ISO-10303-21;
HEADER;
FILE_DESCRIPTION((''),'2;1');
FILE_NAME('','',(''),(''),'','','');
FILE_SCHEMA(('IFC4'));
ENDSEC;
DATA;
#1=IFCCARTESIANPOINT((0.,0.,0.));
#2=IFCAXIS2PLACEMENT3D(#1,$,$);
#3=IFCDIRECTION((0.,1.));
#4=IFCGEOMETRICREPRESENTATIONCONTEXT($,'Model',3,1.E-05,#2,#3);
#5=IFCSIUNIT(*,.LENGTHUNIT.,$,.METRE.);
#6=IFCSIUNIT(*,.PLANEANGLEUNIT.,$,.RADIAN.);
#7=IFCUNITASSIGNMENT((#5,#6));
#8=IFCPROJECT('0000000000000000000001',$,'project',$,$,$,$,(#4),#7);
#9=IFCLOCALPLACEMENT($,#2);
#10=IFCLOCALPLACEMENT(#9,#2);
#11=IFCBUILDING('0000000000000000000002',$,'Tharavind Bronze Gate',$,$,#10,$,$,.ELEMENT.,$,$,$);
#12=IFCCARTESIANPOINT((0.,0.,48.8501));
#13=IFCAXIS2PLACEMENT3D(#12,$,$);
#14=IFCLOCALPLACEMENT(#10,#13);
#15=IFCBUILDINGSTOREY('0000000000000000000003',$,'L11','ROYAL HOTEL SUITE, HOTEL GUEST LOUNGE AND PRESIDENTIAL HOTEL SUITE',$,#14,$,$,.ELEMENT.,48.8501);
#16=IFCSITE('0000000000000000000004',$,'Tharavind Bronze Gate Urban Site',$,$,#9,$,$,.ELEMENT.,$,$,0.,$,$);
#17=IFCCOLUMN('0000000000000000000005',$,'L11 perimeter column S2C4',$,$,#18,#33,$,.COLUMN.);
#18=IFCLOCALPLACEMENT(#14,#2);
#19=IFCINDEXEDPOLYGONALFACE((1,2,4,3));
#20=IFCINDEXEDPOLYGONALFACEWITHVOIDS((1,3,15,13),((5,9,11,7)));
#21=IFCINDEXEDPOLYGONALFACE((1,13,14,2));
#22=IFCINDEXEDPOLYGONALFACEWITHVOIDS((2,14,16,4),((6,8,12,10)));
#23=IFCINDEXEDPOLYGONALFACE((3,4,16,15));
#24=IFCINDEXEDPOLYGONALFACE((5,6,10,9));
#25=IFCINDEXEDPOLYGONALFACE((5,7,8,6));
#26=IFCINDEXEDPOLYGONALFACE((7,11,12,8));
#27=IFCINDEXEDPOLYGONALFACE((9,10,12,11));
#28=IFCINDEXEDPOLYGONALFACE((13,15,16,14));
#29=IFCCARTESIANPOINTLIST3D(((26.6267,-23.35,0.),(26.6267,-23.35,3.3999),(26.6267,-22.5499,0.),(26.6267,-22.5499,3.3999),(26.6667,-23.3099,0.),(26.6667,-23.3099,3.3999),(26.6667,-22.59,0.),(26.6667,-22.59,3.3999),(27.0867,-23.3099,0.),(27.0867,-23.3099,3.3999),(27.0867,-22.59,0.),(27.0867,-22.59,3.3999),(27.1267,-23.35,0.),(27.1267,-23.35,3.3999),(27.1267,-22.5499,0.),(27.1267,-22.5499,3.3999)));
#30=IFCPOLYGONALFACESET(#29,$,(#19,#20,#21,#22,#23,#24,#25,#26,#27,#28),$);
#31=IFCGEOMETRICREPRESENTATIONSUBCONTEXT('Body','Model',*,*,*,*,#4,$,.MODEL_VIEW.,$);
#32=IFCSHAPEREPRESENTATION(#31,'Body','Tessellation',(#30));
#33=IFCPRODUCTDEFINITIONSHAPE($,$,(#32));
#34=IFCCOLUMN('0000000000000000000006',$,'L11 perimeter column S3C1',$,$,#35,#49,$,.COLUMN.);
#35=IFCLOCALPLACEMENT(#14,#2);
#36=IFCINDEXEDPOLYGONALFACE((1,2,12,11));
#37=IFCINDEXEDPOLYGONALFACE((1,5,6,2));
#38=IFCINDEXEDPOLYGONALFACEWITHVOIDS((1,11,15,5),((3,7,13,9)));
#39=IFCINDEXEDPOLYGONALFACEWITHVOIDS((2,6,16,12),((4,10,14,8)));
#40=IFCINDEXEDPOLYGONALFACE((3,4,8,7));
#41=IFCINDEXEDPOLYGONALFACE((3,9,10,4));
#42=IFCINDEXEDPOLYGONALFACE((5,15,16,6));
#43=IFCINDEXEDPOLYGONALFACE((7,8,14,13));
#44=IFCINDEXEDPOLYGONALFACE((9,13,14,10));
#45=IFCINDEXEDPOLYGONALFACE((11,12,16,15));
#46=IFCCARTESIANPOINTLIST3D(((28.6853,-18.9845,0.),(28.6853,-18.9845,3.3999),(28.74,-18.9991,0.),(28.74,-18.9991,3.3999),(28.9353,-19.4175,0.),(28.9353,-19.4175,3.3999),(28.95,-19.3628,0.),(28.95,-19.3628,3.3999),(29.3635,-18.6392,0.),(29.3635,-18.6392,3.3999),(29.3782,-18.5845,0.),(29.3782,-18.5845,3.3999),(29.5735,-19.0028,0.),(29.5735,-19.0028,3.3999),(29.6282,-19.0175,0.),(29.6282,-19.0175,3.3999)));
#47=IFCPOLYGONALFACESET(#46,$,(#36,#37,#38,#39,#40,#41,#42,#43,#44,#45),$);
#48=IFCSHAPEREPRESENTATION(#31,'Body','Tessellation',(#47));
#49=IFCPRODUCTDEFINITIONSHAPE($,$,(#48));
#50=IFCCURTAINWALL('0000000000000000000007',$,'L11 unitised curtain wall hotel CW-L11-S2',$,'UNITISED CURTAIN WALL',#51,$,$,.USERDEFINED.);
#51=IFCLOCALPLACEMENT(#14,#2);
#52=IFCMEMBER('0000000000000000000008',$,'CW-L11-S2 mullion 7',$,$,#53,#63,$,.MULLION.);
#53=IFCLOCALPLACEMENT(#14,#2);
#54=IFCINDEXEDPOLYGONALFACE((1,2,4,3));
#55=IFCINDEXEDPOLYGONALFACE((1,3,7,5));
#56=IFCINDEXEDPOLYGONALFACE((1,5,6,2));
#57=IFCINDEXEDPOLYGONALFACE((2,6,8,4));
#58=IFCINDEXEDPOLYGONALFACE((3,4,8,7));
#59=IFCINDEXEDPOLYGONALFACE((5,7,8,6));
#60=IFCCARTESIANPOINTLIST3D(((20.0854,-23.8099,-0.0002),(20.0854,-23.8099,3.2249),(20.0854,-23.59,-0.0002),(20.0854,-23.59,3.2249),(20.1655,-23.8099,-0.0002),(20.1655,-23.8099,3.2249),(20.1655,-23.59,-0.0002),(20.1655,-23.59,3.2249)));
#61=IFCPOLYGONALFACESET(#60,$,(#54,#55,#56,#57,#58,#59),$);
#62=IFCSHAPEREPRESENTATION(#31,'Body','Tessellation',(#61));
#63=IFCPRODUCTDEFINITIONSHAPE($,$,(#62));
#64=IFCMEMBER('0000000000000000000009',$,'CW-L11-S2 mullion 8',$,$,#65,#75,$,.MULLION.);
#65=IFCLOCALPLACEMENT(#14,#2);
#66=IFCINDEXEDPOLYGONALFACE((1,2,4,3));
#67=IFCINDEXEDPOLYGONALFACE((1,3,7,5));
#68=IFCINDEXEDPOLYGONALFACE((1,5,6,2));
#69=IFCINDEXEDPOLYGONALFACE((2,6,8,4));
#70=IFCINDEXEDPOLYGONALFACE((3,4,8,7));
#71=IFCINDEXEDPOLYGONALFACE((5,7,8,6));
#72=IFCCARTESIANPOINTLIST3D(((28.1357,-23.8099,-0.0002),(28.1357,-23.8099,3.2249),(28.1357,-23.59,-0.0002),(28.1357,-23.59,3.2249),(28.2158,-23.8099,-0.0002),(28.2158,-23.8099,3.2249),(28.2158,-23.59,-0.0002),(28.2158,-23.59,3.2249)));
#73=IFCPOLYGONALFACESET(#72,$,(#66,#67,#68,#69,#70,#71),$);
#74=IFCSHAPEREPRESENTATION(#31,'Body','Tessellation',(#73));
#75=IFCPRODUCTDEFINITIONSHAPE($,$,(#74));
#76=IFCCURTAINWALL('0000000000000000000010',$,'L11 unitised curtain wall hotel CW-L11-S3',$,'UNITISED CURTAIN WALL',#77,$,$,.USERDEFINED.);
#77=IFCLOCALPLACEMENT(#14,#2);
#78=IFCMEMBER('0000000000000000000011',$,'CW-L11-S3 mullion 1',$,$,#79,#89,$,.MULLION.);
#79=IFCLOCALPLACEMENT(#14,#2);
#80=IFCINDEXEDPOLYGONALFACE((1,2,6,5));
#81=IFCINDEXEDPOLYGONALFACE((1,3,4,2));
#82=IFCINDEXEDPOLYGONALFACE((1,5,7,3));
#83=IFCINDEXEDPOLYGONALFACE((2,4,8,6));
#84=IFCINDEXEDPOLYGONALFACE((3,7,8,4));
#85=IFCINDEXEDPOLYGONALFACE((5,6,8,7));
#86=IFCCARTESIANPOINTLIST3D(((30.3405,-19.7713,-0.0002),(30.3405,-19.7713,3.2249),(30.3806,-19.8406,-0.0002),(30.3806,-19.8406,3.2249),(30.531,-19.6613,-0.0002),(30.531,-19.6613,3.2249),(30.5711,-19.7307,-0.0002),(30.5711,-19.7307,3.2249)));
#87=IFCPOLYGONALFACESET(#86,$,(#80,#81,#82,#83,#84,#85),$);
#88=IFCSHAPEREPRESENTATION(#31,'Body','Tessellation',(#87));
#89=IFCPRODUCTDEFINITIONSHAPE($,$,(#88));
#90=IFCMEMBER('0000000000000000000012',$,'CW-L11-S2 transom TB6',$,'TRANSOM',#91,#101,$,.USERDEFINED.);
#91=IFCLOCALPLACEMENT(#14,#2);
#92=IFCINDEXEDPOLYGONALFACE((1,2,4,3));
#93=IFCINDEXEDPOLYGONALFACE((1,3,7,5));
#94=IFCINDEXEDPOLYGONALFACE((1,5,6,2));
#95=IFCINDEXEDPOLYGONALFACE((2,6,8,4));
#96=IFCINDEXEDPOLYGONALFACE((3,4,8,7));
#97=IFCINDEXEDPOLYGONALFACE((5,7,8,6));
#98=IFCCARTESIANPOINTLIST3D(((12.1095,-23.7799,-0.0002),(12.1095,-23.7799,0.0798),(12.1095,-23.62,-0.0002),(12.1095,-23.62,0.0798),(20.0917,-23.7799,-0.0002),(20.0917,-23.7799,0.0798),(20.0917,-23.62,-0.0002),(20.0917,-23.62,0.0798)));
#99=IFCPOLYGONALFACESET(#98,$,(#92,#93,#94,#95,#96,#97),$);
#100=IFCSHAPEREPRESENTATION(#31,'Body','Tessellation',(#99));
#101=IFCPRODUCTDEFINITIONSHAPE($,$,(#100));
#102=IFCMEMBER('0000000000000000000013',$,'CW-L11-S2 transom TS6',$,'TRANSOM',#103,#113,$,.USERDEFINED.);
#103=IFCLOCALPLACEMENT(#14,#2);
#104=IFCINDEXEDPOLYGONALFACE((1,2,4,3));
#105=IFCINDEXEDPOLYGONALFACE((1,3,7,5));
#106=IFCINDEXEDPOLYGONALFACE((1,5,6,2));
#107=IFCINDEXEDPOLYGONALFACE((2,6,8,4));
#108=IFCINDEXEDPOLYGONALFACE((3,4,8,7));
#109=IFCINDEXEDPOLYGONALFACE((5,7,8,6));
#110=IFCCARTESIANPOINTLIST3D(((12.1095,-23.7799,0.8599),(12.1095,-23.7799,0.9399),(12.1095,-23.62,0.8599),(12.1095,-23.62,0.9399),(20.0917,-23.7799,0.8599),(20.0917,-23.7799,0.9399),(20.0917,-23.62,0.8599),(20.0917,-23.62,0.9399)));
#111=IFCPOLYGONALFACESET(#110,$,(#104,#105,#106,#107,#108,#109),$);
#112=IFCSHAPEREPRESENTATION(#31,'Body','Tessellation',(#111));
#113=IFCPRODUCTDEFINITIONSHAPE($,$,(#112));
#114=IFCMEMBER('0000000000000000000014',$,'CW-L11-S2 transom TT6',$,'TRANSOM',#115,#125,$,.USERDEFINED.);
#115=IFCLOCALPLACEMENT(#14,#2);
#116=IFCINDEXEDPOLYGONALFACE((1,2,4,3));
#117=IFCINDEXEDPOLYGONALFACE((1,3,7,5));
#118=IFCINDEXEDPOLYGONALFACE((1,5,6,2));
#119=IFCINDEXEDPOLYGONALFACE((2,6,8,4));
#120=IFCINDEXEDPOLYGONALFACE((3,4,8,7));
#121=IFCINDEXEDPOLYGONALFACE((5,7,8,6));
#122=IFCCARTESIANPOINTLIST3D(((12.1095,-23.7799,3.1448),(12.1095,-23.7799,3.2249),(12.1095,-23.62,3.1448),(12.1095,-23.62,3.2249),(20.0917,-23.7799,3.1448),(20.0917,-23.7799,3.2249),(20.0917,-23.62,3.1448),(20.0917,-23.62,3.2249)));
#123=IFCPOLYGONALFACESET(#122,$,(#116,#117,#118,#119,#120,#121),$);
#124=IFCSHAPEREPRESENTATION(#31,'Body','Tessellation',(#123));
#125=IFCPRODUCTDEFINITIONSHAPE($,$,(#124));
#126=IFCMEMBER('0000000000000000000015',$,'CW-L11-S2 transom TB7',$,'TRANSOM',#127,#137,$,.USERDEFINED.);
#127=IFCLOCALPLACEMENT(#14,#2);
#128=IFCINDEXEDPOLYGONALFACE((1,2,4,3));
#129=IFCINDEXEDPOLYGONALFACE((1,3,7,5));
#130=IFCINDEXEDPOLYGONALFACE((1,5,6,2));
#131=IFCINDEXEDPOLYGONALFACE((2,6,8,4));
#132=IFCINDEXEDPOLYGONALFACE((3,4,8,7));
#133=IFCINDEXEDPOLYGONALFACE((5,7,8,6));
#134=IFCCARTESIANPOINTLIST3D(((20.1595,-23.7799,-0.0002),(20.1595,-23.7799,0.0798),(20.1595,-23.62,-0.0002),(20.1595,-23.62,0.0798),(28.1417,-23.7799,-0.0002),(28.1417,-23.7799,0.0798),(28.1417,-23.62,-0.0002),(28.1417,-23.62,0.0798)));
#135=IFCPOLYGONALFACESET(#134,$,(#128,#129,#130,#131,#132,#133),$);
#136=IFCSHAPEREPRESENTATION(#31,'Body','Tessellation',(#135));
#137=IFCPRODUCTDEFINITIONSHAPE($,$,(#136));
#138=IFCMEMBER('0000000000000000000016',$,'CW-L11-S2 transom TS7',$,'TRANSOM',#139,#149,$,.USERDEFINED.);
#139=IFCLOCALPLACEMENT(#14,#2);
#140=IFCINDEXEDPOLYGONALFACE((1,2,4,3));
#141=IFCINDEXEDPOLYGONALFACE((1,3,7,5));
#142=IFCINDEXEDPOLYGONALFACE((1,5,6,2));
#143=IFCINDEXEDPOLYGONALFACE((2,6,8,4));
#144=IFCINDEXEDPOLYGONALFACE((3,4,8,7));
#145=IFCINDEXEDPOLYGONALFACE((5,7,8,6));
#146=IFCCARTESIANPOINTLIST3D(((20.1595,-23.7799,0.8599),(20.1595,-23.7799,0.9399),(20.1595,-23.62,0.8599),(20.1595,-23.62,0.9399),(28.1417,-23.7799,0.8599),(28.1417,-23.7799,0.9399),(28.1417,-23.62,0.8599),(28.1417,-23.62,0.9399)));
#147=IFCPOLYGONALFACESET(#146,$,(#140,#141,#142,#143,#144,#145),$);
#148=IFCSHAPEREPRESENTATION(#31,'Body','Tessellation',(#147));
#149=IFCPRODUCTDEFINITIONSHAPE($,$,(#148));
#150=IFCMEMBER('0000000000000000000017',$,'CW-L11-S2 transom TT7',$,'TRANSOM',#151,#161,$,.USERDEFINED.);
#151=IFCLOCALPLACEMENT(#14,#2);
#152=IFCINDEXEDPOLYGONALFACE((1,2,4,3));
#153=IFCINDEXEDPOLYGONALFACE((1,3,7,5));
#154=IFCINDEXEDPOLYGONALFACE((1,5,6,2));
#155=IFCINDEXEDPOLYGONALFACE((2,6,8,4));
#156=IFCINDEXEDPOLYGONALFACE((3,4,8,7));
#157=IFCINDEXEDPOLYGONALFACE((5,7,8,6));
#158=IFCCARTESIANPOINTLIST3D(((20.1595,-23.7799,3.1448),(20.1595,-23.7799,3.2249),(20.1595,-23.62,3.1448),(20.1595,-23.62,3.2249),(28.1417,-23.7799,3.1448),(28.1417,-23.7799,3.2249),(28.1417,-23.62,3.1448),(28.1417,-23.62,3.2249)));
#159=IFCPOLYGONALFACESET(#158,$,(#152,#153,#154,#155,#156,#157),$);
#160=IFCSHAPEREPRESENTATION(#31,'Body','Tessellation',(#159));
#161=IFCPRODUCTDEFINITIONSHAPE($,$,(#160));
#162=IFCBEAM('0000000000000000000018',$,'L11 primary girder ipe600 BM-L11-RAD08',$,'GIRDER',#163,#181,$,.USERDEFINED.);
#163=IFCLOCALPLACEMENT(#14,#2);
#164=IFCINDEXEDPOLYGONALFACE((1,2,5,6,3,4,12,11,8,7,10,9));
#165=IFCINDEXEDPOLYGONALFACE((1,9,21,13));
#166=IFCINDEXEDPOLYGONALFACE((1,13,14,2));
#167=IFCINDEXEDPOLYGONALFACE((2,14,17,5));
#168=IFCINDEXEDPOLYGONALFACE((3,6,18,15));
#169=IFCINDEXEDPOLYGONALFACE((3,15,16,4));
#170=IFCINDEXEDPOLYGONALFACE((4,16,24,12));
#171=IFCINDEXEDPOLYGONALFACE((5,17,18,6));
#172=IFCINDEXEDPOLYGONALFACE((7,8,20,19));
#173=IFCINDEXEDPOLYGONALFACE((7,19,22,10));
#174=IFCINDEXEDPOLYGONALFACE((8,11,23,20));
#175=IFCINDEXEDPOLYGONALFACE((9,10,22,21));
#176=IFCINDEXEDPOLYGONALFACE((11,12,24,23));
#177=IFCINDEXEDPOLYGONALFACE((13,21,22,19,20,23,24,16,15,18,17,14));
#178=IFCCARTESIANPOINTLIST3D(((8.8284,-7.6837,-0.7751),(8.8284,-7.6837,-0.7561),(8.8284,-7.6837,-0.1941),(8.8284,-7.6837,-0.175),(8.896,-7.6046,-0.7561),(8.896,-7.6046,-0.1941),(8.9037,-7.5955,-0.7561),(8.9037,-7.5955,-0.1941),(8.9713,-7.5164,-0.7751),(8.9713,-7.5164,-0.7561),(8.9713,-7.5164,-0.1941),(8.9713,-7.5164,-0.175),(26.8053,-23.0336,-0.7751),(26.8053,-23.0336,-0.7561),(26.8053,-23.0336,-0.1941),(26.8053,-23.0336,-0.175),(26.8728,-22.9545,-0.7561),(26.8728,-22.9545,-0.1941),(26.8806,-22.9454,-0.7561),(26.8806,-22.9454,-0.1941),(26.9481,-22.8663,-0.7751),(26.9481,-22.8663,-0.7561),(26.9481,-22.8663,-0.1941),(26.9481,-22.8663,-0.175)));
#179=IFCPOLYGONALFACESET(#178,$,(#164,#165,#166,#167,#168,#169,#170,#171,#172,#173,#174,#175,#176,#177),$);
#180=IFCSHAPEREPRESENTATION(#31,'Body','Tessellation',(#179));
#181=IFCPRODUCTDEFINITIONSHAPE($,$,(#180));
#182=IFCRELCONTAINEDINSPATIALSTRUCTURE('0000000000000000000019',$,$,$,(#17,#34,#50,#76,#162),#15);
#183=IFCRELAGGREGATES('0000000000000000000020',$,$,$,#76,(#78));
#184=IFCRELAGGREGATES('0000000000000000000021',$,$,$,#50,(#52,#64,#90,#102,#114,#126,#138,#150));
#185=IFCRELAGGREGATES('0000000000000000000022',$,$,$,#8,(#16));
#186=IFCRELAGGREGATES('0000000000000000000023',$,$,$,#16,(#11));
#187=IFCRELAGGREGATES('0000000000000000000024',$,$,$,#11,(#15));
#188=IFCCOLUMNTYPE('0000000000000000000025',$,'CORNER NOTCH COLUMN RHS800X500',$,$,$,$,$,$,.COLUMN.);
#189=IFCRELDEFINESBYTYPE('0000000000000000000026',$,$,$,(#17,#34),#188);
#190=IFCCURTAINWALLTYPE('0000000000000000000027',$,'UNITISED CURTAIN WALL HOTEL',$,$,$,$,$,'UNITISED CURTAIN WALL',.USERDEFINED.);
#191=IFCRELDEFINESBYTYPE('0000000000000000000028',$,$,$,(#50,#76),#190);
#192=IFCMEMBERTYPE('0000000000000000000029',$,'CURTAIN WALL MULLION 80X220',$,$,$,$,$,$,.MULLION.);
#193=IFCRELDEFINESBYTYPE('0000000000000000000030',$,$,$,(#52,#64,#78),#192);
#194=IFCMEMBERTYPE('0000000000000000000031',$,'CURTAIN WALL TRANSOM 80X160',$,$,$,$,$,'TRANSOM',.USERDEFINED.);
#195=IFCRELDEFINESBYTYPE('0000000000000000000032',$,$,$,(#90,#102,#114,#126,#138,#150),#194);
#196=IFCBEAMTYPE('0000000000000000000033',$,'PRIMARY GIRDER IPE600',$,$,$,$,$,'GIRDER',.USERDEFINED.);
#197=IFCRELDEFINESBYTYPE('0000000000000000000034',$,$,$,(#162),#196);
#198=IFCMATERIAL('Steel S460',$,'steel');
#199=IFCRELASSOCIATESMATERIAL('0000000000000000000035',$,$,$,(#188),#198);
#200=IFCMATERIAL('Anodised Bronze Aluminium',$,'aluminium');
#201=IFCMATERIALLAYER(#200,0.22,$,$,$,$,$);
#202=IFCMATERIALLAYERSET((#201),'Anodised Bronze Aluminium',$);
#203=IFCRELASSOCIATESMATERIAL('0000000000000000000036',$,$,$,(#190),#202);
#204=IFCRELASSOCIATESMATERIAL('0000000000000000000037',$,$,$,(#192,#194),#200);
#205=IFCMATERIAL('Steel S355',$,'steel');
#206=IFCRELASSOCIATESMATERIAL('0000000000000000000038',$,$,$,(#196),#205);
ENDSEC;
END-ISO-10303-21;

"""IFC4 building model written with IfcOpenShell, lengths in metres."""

from ifc_helpers import new_model, si_unit, direction, frame, origin, origin_2d, place, context, subcontext, project, spatial, rectangle, hollow_rectangle, i_section, extrude, material, layer, layer_set, material_profile, profile_set, type_object, element, aggregate, save


model = new_model("IFC4")

# Units and contexts
model_context = context("Model", 3, precision=1e-05, world=origin(), true_north=direction((0.0, 1.0)))
body_context = subcontext(model_context, "Body", "Model", "MODEL_VIEW")
ifc_project = project(units=[si_unit("LENGTHUNIT", "METRE"), si_unit("PLANEANGLEUNIT", "RADIAN")], contexts=[model_context])

# Site, building, storey
site_placement = place(None, origin())
site = spatial("IfcSite", under=ifc_project, at=site_placement, Name="Tharavind Bronze Gate Urban Site", CompositionType="ELEMENT", RefElevation=0.0)
building_placement = place(site_placement, origin())
building = spatial("IfcBuilding", under=site, at=building_placement, Name="Tharavind Bronze Gate", CompositionType="ELEMENT")
storey_placement = place(building_placement, frame((0.0, 0.0, 48.8501)))
storey = spatial("IfcBuildingStorey", under=building, at=storey_placement, Name="L11", Description="ROYAL HOTEL SUITE, HOTEL GUEST LOUNGE AND PRESIDENTIAL HOTEL SUITE", CompositionType="ELEMENT", Elevation=48.8501)

# Columns
ifc_material_1 = material(Name="Steel S460", Category="steel")
ifc_material_profile_1 = material_profile(ifc_material_1, hollow_rectangle(XDim=0.5, YDim=0.8, WallThickness=0.04, at=origin_2d()), Name="RHS800X500X40")
ifc_profile_set_1 = profile_set([ifc_material_profile_1], Name="Steel S460")
column_type = type_object("IfcColumnType", Name="CORNER NOTCH COLUMN RHS800X500", PredefinedType="COLUMN", material=ifc_profile_set_1)
for number, where, z_axis, x_axis, name in (
    (1, (26.8767, -22.95, 0.0), (0.0, 0.0, 1.0), (1.0, 0.0, 0.0), "L11 perimeter column S2C4"),
    (2, (29.1567, -19.001, 0.0), (0.0, 0.0, 1.0), (-0.500002, 0.866025, 0.0), "L11 perimeter column S3C1"),
):
    element("IfcColumn", number, at=place(storey_placement, frame(where, z_axis=z_axis, x_axis=x_axis)), inside=storey, type_object=column_type, Name=name, PredefinedType="COLUMN", context=body_context, shape_type="SweptSolid", body=[
        extrude(hollow_rectangle(XDim=0.5, YDim=0.8, WallThickness=0.04, at=origin_2d()), origin(), (0.0, 0.0, 1.0), 3.3999),
    ])

# Curtain wall, members
ifc_material_2 = material(Name="Anodised Bronze Aluminium", Category="aluminium")
ifc_layer_1 = layer(ifc_material_2, 0.22)
ifc_layer_set_1 = layer_set([ifc_layer_1], Name="Anodised Bronze Aluminium")
curtain_wall_type = type_object("IfcCurtainWallType", Name="UNITISED CURTAIN WALL HOTEL", ElementType="UNITISED CURTAIN WALL", PredefinedType="USERDEFINED", material=ifc_layer_set_1)
curtain_wall_1_placement = place(storey_placement, origin())
curtain_wall_1 = element("IfcCurtainWall", 3, at=curtain_wall_1_placement, inside=storey, type_object=curtain_wall_type, Name="L11 unitised curtain wall hotel CW-L11-S2", ObjectType="UNITISED CURTAIN WALL", PredefinedType="USERDEFINED")
member_type_1 = type_object("IfcMemberType", Name="CURTAIN WALL MULLION 80X220", PredefinedType="MULLION", material=ifc_material_2)
member_1_placement = place(storey_placement, frame((20.1255, -23.7, -0.0002), z_axis=(0.0, 0.0, 1.0), x_axis=(1.0, 0.0, 0.0)))
member_1 = element("IfcMember", 4, at=member_1_placement, type_object=member_type_1, Name="CW-L11-S2 mullion 7", PredefinedType="MULLION", context=body_context, shape_type="SweptSolid", body=[
    extrude(rectangle(XDim=0.0801, YDim=0.22, at=origin_2d()), origin(), (0.0, 0.0, 1.0), 3.2251),
])
member_2_placement = place(storey_placement, frame((28.1758, -23.7, -0.0002), z_axis=(0.0, 0.0, 1.0), x_axis=(1.0, 0.0, 0.0)))
member_2 = element("IfcMember", 5, at=member_2_placement, type_object=member_type_1, Name="CW-L11-S2 mullion 8", PredefinedType="MULLION", context=body_context, shape_type="SweptSolid", body=[
    extrude(rectangle(XDim=0.0801, YDim=0.22, at=origin_2d()), origin(), (0.0, 0.0, 1.0), 3.2251),
])

# Curtain wall, member
curtain_wall_2_placement = place(storey_placement, origin())
curtain_wall_2 = element("IfcCurtainWall", 6, at=curtain_wall_2_placement, inside=storey, type_object=curtain_wall_type, Name="L11 unitised curtain wall hotel CW-L11-S3", ObjectType="UNITISED CURTAIN WALL", PredefinedType="USERDEFINED")
member_3_placement = place(storey_placement, frame((30.4558, -19.751, -0.0002), z_axis=(0.0, 0.0, 1.0), x_axis=(-0.500002, 0.866025, 0.0)))
member_3 = element("IfcMember", 7, at=member_3_placement, type_object=member_type_1, Name="CW-L11-S3 mullion 1", PredefinedType="MULLION", context=body_context, shape_type="SweptSolid", body=[
    extrude(rectangle(XDim=0.0801, YDim=0.22, at=origin_2d()), origin(), (0.0, 0.0, 1.0), 3.2251),
])
aggregate(curtain_wall_2, [member_3])

# Members
member_type_2 = type_object("IfcMemberType", Name="CURTAIN WALL TRANSOM 80X160", ElementType="TRANSOM", PredefinedType="USERDEFINED", material=ifc_material_2)
member_4_placement = place(storey_placement, frame((16.1006, -23.7, -0.0002), z_axis=(0.0, 0.0, 1.0), x_axis=(1.0, 0.0, 0.0)))
member_4 = element("IfcMember", 8, at=member_4_placement, type_object=member_type_2, Name="CW-L11-S2 transom TB6", ObjectType="TRANSOM", PredefinedType="USERDEFINED", context=body_context, shape_type="SweptSolid", body=[
    extrude(rectangle(XDim=7.9822, YDim=0.1599, at=origin_2d()), origin(), (0.0, 0.0, 1.0), 0.0801),
])
member_5_placement = place(storey_placement, frame((16.1006, -23.7, 0.8599), z_axis=(0.0, 0.0, 1.0), x_axis=(1.0, 0.0, 0.0)))
member_5 = element("IfcMember", 9, at=member_5_placement, type_object=member_type_2, Name="CW-L11-S2 transom TS6", ObjectType="TRANSOM", PredefinedType="USERDEFINED", context=body_context, shape_type="SweptSolid", body=[
    extrude(rectangle(XDim=7.9822, YDim=0.1599, at=origin_2d()), origin(), (0.0, 0.0, 1.0), 0.0801),
])
member_6_placement = place(storey_placement, frame((16.1006, -23.7, 3.1448), z_axis=(0.0, 0.0, 1.0), x_axis=(1.0, 0.0, 0.0)))
member_6 = element("IfcMember", 10, at=member_6_placement, type_object=member_type_2, Name="CW-L11-S2 transom TT6", ObjectType="TRANSOM", PredefinedType="USERDEFINED", context=body_context, shape_type="SweptSolid", body=[
    extrude(rectangle(XDim=7.9822, YDim=0.1599, at=origin_2d()), origin(), (0.0, 0.0, 1.0), 0.0801),
])
member_7_placement = place(storey_placement, frame((24.1506, -23.7, -0.0002), z_axis=(0.0, 0.0, 1.0), x_axis=(1.0, 0.0, 0.0)))
member_7 = element("IfcMember", 11, at=member_7_placement, type_object=member_type_2, Name="CW-L11-S2 transom TB7", ObjectType="TRANSOM", PredefinedType="USERDEFINED", context=body_context, shape_type="SweptSolid", body=[
    extrude(rectangle(XDim=7.9822, YDim=0.1599, at=origin_2d()), origin(), (0.0, 0.0, 1.0), 0.0801),
])
member_8_placement = place(storey_placement, frame((24.1506, -23.7, 0.8599), z_axis=(0.0, 0.0, 1.0), x_axis=(1.0, 0.0, 0.0)))
member_8 = element("IfcMember", 12, at=member_8_placement, type_object=member_type_2, Name="CW-L11-S2 transom TS7", ObjectType="TRANSOM", PredefinedType="USERDEFINED", context=body_context, shape_type="SweptSolid", body=[
    extrude(rectangle(XDim=7.9822, YDim=0.1599, at=origin_2d()), origin(), (0.0, 0.0, 1.0), 0.0801),
])
member_9_placement = place(storey_placement, frame((24.1506, -23.7, 3.1448), z_axis=(0.0, 0.0, 1.0), x_axis=(1.0, 0.0, 0.0)))
member_9 = element("IfcMember", 13, at=member_9_placement, type_object=member_type_2, Name="CW-L11-S2 transom TT7", ObjectType="TRANSOM", PredefinedType="USERDEFINED", context=body_context, shape_type="SweptSolid", body=[
    extrude(rectangle(XDim=7.9822, YDim=0.1599, at=origin_2d()), origin(), (0.0, 0.0, 1.0), 0.0801),
])

# Beam
ifc_material_3 = material(Name="Steel S355", Category="steel")
ifc_material_profile_2 = material_profile(ifc_material_3, i_section(OverallWidth=0.22, OverallDepth=0.6001, WebThickness=0.012, FlangeThickness=0.019, at=origin_2d()), Name="IPE600")
ifc_profile_set_2 = profile_set([ifc_material_profile_2], Name="Steel S355")
beam_type_1 = type_object("IfcBeamType", Name="PRIMARY GIRDER IPE600", ElementType="GIRDER", PredefinedType="USERDEFINED", material=ifc_profile_set_2)
beam_1_placement = place(storey_placement, frame((26.8767, -22.95, -0.4751), z_axis=(-0.760485, 0.649355, 0.0), x_axis=(-0.649355, -0.760485, 0.0)))
element("IfcBeam", 14, at=beam_1_placement, inside=storey, type_object=beam_type_1, Name="L11 primary girder ipe600 BM-L11-RAD08", ObjectType="GIRDER", PredefinedType="USERDEFINED", context=body_context, shape_type="SweptSolid", body=[
    extrude(i_section(OverallWidth=0.22, OverallDepth=0.6001, WebThickness=0.012, FlangeThickness=0.019, at=origin_2d()), origin(), (0.0, 0.0, 1.0), 23.6387),
])

aggregate(curtain_wall_1, [member_1, member_2, member_4, member_5, member_6, member_7, member_8, member_9])

save(model, "model.ifc")
